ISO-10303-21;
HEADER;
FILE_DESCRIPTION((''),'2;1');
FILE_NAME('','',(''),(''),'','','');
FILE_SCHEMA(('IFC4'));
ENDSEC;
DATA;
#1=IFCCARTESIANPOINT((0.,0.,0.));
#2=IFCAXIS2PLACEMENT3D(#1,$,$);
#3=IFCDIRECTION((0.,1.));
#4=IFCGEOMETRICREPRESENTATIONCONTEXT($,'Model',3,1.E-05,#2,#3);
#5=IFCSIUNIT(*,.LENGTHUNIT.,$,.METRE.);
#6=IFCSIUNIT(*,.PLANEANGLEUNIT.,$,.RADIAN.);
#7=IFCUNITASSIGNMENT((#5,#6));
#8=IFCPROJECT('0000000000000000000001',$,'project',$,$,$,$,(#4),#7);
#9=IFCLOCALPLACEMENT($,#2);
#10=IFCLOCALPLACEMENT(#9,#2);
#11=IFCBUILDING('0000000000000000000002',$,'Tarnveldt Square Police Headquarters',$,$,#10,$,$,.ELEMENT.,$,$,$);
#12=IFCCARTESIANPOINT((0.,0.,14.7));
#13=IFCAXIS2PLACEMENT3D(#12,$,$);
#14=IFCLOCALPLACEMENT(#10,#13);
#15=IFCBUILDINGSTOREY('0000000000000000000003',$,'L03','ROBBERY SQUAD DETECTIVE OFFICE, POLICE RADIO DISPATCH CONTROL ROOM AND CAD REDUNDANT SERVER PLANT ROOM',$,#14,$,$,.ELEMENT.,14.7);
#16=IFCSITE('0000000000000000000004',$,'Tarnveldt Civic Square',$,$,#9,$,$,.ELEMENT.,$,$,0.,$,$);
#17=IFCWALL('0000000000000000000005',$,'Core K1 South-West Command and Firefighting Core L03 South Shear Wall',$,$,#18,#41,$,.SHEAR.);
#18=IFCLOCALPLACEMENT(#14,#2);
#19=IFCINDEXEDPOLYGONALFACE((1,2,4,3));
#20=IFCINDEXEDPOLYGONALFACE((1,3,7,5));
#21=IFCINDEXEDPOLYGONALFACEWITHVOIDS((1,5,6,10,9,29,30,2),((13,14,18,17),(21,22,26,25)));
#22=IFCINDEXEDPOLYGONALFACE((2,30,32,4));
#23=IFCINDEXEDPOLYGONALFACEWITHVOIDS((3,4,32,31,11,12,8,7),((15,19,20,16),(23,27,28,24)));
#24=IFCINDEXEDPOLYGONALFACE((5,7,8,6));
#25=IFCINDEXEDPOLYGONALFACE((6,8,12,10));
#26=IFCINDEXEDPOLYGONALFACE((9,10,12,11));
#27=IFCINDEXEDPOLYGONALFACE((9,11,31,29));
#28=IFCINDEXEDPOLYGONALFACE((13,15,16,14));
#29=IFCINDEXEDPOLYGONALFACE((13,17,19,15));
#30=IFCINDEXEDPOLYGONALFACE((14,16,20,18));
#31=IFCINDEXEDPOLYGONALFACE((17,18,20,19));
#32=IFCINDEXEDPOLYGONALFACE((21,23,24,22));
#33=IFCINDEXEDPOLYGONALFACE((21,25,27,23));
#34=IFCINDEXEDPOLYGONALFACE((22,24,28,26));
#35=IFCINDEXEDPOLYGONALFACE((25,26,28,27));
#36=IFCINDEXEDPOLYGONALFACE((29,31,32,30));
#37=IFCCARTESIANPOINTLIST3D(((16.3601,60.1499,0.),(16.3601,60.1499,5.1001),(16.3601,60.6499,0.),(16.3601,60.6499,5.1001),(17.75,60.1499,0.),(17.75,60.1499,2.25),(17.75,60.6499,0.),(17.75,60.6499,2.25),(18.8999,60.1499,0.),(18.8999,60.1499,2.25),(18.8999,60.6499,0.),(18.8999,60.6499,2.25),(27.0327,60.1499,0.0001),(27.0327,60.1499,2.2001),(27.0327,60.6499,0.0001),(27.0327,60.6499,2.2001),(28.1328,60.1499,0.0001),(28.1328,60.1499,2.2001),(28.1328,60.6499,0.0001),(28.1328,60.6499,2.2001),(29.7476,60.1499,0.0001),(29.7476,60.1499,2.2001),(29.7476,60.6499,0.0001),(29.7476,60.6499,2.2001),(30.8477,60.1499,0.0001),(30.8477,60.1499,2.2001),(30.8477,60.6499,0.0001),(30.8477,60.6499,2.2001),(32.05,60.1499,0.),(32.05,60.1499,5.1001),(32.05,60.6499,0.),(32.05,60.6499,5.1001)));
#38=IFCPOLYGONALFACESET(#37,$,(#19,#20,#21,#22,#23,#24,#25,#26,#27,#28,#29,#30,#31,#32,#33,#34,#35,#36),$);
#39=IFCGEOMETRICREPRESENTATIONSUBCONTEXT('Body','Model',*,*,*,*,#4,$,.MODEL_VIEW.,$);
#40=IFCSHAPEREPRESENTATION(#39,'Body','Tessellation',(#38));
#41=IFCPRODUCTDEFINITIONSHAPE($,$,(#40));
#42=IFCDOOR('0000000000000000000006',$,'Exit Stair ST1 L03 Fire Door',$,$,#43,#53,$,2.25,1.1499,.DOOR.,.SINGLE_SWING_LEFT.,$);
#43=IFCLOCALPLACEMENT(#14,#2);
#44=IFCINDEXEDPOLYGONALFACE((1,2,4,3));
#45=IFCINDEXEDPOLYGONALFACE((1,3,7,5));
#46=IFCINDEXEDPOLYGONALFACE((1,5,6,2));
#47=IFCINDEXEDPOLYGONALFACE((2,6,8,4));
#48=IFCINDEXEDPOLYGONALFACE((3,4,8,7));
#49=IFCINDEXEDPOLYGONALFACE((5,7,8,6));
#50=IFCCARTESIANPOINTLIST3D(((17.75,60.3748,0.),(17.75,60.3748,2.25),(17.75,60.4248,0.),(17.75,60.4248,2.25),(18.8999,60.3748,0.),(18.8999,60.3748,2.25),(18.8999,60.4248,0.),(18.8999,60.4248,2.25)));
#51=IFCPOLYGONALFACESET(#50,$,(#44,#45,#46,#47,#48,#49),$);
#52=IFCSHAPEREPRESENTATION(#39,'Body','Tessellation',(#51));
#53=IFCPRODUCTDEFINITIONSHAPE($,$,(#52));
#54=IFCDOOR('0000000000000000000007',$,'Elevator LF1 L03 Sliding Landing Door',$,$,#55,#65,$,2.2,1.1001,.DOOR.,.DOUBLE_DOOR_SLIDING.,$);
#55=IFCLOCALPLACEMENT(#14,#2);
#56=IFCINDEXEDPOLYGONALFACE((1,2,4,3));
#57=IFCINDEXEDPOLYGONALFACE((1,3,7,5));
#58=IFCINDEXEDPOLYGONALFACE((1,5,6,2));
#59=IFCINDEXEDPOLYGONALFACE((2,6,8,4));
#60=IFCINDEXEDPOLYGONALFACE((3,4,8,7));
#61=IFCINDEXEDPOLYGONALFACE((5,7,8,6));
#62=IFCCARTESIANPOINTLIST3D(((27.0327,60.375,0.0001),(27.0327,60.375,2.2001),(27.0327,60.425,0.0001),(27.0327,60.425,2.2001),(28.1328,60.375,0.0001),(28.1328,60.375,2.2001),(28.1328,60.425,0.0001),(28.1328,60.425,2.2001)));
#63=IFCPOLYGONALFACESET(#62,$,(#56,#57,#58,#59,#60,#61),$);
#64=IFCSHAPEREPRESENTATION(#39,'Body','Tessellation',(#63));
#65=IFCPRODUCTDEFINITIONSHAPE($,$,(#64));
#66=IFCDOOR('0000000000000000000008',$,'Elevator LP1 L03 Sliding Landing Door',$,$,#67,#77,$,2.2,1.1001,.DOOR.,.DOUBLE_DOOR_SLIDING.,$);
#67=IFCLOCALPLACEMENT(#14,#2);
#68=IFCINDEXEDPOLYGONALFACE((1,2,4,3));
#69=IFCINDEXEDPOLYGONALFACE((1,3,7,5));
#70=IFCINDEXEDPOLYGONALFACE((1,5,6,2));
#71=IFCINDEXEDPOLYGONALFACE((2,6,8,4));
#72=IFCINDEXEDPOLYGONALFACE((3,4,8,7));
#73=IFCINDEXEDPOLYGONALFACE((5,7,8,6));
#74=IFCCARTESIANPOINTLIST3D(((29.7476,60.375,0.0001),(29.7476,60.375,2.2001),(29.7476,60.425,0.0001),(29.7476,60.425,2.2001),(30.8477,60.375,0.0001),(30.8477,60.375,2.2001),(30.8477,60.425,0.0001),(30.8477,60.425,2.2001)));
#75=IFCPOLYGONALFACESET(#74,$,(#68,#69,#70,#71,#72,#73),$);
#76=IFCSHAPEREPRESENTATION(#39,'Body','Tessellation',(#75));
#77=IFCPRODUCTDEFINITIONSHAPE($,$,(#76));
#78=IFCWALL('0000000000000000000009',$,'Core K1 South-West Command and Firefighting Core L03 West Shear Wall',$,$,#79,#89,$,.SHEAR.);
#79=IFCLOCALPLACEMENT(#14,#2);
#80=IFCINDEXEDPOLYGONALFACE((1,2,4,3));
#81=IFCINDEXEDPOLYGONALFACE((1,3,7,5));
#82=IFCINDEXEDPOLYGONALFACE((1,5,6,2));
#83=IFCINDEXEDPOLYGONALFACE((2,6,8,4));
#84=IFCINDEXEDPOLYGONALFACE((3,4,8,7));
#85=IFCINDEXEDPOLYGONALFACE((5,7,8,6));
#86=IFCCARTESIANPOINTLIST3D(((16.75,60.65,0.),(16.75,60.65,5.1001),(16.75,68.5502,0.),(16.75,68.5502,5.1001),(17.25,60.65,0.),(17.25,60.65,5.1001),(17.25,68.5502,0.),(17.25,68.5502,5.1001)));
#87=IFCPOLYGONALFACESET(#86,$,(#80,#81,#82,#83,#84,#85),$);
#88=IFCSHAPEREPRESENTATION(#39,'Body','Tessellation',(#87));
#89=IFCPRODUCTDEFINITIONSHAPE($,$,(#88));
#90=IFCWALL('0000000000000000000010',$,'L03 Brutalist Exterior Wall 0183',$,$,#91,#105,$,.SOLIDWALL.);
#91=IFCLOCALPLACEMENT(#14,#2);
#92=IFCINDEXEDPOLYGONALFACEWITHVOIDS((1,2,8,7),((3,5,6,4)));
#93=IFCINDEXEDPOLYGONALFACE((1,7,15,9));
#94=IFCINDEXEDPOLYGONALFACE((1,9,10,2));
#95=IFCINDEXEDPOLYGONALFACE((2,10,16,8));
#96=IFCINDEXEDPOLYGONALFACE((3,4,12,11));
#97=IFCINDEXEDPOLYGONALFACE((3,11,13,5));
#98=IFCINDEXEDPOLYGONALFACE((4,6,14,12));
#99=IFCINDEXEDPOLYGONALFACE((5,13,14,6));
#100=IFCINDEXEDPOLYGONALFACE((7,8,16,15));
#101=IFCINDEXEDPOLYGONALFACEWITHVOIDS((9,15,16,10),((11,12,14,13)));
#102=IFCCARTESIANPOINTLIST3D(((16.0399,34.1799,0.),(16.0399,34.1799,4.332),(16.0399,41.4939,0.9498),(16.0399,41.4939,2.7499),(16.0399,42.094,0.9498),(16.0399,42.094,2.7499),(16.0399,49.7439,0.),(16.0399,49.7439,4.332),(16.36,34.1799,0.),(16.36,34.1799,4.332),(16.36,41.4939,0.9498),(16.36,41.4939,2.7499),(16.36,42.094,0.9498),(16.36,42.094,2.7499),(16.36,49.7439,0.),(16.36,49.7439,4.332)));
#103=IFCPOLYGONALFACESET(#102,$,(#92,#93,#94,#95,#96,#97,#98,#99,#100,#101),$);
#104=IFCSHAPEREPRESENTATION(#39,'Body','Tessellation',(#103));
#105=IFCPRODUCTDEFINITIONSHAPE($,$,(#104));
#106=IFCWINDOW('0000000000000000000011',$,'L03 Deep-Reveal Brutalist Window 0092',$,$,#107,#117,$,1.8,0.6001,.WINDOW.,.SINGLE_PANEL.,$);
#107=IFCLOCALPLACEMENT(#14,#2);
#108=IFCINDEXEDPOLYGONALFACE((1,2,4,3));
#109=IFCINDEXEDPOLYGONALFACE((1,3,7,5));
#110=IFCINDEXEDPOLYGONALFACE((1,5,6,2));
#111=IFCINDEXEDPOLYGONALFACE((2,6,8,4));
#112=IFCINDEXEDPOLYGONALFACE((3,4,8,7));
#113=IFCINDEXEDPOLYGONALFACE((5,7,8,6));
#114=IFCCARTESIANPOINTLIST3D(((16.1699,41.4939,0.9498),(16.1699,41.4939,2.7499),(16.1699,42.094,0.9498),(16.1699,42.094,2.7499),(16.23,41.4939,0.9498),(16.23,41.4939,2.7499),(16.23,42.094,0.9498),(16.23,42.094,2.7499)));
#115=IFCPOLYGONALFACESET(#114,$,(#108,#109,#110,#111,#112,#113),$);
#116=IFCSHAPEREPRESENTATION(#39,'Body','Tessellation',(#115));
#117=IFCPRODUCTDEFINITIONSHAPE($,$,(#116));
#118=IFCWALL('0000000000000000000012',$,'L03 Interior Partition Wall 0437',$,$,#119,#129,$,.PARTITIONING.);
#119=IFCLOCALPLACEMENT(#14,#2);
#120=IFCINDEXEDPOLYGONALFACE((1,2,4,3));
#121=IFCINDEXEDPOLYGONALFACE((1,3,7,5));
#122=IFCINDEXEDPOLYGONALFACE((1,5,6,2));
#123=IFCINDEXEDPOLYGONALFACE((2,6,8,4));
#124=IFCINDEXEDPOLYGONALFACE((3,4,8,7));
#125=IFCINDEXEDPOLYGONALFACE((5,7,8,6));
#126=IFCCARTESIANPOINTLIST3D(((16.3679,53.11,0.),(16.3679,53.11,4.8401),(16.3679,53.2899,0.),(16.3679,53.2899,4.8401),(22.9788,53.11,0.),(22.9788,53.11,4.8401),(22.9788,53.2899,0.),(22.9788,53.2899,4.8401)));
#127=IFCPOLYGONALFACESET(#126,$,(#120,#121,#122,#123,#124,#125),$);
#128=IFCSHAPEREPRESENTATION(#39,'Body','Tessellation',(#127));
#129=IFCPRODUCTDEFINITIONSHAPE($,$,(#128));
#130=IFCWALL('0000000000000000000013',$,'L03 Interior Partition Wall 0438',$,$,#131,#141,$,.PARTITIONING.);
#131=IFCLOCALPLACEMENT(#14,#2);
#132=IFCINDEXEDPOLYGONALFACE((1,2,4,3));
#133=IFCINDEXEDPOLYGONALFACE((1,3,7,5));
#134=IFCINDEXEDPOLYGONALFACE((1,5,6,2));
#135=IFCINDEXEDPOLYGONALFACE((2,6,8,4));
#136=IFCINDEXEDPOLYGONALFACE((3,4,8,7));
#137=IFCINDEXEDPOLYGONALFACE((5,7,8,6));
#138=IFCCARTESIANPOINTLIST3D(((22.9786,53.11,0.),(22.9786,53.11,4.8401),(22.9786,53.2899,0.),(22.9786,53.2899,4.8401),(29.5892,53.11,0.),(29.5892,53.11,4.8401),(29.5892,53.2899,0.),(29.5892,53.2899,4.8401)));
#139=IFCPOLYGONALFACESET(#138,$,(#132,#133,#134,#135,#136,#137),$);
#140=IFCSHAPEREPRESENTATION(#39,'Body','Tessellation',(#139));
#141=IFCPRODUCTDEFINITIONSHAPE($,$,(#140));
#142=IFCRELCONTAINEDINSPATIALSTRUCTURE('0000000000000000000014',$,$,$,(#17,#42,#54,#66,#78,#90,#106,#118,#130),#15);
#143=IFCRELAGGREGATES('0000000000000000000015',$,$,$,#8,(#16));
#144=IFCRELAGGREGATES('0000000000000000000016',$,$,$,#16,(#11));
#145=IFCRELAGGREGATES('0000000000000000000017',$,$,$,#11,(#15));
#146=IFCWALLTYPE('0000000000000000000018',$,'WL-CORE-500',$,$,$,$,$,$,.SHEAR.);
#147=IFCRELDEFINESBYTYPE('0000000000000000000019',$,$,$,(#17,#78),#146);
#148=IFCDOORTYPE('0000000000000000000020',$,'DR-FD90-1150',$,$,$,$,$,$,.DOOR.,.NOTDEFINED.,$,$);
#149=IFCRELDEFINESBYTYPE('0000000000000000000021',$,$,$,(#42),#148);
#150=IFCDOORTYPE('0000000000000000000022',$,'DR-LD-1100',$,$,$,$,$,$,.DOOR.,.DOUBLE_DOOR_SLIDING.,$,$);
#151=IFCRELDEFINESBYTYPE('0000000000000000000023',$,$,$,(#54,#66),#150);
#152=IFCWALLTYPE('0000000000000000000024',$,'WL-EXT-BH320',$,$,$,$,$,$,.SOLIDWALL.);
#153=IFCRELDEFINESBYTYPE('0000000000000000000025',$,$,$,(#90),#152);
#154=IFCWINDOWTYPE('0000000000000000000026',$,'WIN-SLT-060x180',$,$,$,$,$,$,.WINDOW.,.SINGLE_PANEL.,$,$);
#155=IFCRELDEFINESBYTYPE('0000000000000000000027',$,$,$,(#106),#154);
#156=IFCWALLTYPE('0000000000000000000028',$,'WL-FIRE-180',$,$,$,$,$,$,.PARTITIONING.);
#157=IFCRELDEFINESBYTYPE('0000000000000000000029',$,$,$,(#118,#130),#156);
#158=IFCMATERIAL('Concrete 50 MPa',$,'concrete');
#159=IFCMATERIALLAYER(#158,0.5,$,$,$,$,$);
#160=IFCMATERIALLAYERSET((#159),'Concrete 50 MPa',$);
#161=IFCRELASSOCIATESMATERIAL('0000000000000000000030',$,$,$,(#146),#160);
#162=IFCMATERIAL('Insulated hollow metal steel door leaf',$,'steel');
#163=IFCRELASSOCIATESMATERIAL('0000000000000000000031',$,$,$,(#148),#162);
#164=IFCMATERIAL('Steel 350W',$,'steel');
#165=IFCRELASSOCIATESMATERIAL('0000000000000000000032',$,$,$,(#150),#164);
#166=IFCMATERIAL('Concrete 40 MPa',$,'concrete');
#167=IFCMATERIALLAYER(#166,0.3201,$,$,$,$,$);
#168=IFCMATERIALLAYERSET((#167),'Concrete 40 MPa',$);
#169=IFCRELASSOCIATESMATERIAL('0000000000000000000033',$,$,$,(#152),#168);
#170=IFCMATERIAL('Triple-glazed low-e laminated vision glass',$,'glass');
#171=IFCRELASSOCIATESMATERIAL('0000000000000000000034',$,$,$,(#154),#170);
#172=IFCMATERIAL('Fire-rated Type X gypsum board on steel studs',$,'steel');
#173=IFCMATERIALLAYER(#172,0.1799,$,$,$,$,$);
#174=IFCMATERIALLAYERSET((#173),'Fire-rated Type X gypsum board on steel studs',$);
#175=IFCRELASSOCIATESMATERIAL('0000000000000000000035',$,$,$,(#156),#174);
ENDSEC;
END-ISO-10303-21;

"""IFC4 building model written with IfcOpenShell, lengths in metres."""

from ifc_helpers import new_model, si_unit, direction, frame, frame_2d, origin, place, context, subcontext, project, spatial, rectangle, extrude, material, layer, layer_set, type_object, element, fill, save


model = new_model("IFC4")

# Units and contexts
model_context = context("Model", 3, precision=1e-05, world=origin(), true_north=direction((0.0, 1.0)))
body_context = subcontext(model_context, "Body", "Model", "MODEL_VIEW")
ifc_project = project(units=[si_unit("LENGTHUNIT", "METRE"), si_unit("PLANEANGLEUNIT", "RADIAN")], contexts=[model_context])

# Site, building, storey
site_placement = place(None, origin())
site = spatial("IfcSite", under=ifc_project, at=site_placement, Name="Tarnveldt Civic Square", CompositionType="ELEMENT", RefElevation=0.0)
building_placement = place(site_placement, origin())
building = spatial("IfcBuilding", under=site, at=building_placement, Name="Tarnveldt Square Police Headquarters", CompositionType="ELEMENT")
storey_placement = place(building_placement, frame((0.0, 0.0, 14.7)))
storey = spatial("IfcBuildingStorey", under=building, at=storey_placement, Name="L03", Description="ROBBERY SQUAD DETECTIVE OFFICE, POLICE RADIO DISPATCH CONTROL ROOM AND CAD REDUNDANT SERVER PLANT ROOM", CompositionType="ELEMENT", Elevation=14.7)

# Shared definitions
ifc_material_1 = material(Name="Concrete 40 MPa", Category="concrete")

# Shared definitions
ifc_material_2 = material(Name="Steel 350W", Category="steel")

# Wall, openings, doors
ifc_material_3 = material(Name="Concrete 50 MPa", Category="concrete")
ifc_layer_1 = layer(ifc_material_3, 0.5)
ifc_layer_set_1 = layer_set([ifc_layer_1], Name="Concrete 50 MPa")
wall_type_1 = type_object("IfcWallType", Name="WL-CORE-500", PredefinedType="SHEAR", material=ifc_layer_set_1)
wall_1_placement = place(storey_placement, frame((16.3601, 60.3999, 0.0), z_axis=(0.0, 0.0, 1.0), x_axis=(1.0, 0.0, 0.0)))
wall_1 = element("IfcWall", 1, at=wall_1_placement, inside=storey, type_object=wall_type_1, Name="Core K1 South-West Command and Firefighting Core L03 South Shear Wall", PredefinedType="SHEAR", context=body_context, shape_type="SweptSolid", body=[
    extrude(rectangle(XDim=15.6899, YDim=0.5, at=frame_2d((7.845, 0.0))), origin(), (0.0, 0.0, 1.0), 5.1001),
])
opening_1_placement = place(wall_1_placement, frame((1.3899, 0.0, 0.0)))
opening_1 = element("IfcOpeningElement", 2, at=opening_1_placement, cuts=wall_1, PredefinedType="OPENING", context=body_context, shape_type="SweptSolid", body=[
    extrude(rectangle(XDim=1.1499, YDim=2.25, at=frame_2d((0.575, 1.125))), frame((0.0, 0.26, 0.0), z_axis=(0.0, -1.0, 0.0), x_axis=(1.0, 0.0, 0.0)), (0.0, 0.0, 1.0), 0.52),
])
opening_2_placement = place(wall_1_placement, frame((10.6726, 0.0, 0.0)))
opening_2 = element("IfcOpeningElement", 3, at=opening_2_placement, cuts=wall_1, PredefinedType="OPENING", context=body_context, shape_type="SweptSolid", body=[
    extrude(rectangle(XDim=1.1001, YDim=2.2, at=frame_2d((0.55, 1.1001))), frame((0.0, 0.26, 0.0), z_axis=(0.0, -1.0, 0.0), x_axis=(1.0, 0.0, 0.0)), (0.0, 0.0, 1.0), 0.52),
])
opening_3_placement = place(wall_1_placement, frame((13.3875, 0.0, 0.0)))
opening_3 = element("IfcOpeningElement", 4, at=opening_3_placement, cuts=wall_1, PredefinedType="OPENING", context=body_context, shape_type="SweptSolid", body=[
    extrude(rectangle(XDim=1.1001, YDim=2.2, at=frame_2d((0.55, 1.1001))), frame((0.0, 0.26, 0.0), z_axis=(0.0, -1.0, 0.0), x_axis=(1.0, 0.0, 0.0)), (0.0, 0.0, 1.0), 0.52),
])
ifc_material_4 = material(Name="Insulated hollow metal steel door leaf", Category="steel")
door_type_1 = type_object("IfcDoorType", Name="DR-FD90-1150", OperationType="NOTDEFINED", PredefinedType="DOOR", material=ifc_material_4)
door_1_placement = place(opening_1_placement, origin())
door_1 = element("IfcDoor", 5, at=door_1_placement, inside=storey, type_object=door_type_1, Name="Exit Stair ST1 L03 Fire Door", OperationType="SINGLE_SWING_LEFT", OverallHeight=2.25, OverallWidth=1.1499, PredefinedType="DOOR", context=body_context, shape_type="SweptSolid", body=[
    extrude(rectangle(XDim=1.1499, YDim=2.25, at=frame_2d((0.575, 1.125))), frame((0.0, 0.0249, 0.0), z_axis=(0.0, -1.0, 0.0), x_axis=(1.0, 0.0, 0.0)), (0.0, 0.0, 1.0), 0.05),
])
fill(opening_1, door_1)
door_type_2 = type_object("IfcDoorType", Name="DR-LD-1100", OperationType="DOUBLE_DOOR_SLIDING", PredefinedType="DOOR", material=ifc_material_2)
door_2_placement = place(opening_2_placement, frame((1.1001, 0.0, 0.0), z_axis=(0.0, 0.0, 1.0), x_axis=(-1.0, 0.0, 0.0)))
door_2 = element("IfcDoor", 6, at=door_2_placement, inside=storey, type_object=door_type_2, Name="Elevator LF1 L03 Sliding Landing Door", OperationType="DOUBLE_DOOR_SLIDING", OverallHeight=2.2, OverallWidth=1.1001, PredefinedType="DOOR", context=body_context, shape_type="SweptSolid", body=[
    extrude(rectangle(XDim=1.1001, YDim=2.2, at=frame_2d((0.55, 1.1001))), frame((0.0, 0.0249, 0.0), z_axis=(0.0, -1.0, 0.0), x_axis=(1.0, 0.0, 0.0)), (0.0, 0.0, 1.0), 0.05),
])
fill(opening_2, door_2)
door_3_placement = place(opening_3_placement, frame((1.1001, 0.0, 0.0), z_axis=(0.0, 0.0, 1.0), x_axis=(-1.0, 0.0, 0.0)))
door_3 = element("IfcDoor", 7, at=door_3_placement, inside=storey, type_object=door_type_2, Name="Elevator LP1 L03 Sliding Landing Door", OperationType="DOUBLE_DOOR_SLIDING", OverallHeight=2.2, OverallWidth=1.1001, PredefinedType="DOOR", context=body_context, shape_type="SweptSolid", body=[
    extrude(rectangle(XDim=1.1001, YDim=2.2, at=frame_2d((0.55, 1.1001))), frame((0.0, 0.0249, 0.0), z_axis=(0.0, -1.0, 0.0), x_axis=(1.0, 0.0, 0.0)), (0.0, 0.0, 1.0), 0.05),
])
fill(opening_3, door_3)

# Wall
wall_2_placement = place(storey_placement, frame((17.0, 60.6499, 0.0), z_axis=(0.0, 0.0, 1.0), x_axis=(0.0, 1.0, 0.0)))
element("IfcWall", 8, at=wall_2_placement, inside=storey, type_object=wall_type_1, Name="Core K1 South-West Command and Firefighting Core L03 West Shear Wall", PredefinedType="SHEAR", context=body_context, shape_type="SweptSolid", body=[
    extrude(rectangle(XDim=7.9001, YDim=0.5, at=frame_2d((3.9502, 0.0))), origin(), (0.0, 0.0, 1.0), 5.1001),
])

# Wall, opening, window
ifc_layer_2 = layer(ifc_material_1, 0.3201)
ifc_layer_set_2 = layer_set([ifc_layer_2], Name="Concrete 40 MPa")
wall_type_2 = type_object("IfcWallType", Name="WL-EXT-BH320", PredefinedType="SOLIDWALL", material=ifc_layer_set_2)
wall_3_placement = place(storey_placement, frame((16.2, 49.7439, 0.0), z_axis=(0.0, 0.0, 1.0), x_axis=(0.0, -1.0, 0.0)))
wall_3 = element("IfcWall", 9, at=wall_3_placement, inside=storey, type_object=wall_type_2, Name="L03 Brutalist Exterior Wall 0183", PredefinedType="SOLIDWALL", context=body_context, shape_type="SweptSolid", body=[
    extrude(rectangle(XDim=15.564, YDim=0.3201, at=frame_2d((7.782, 0.0))), origin(), (0.0, 0.0, 1.0), 4.332),
])
opening_4_placement = place(wall_3_placement, frame((7.6499, 0.0, 0.95)))
opening_4 = element("IfcOpeningElement", 10, at=opening_4_placement, cuts=wall_3, PredefinedType="OPENING", context=body_context, shape_type="SweptSolid", body=[
    extrude(rectangle(XDim=0.6001, YDim=1.8, at=frame_2d((0.3, 0.8999))), frame((0.0, 0.1699, 0.0), z_axis=(0.0, -1.0, 0.0), x_axis=(1.0, 0.0, 0.0)), (0.0, 0.0, 1.0), 0.3401),
])
ifc_material_5 = material(Name="Triple-glazed low-e laminated vision glass", Category="glass")
window_type = type_object("IfcWindowType", Name="WIN-SLT-060x180", PartitioningType="SINGLE_PANEL", PredefinedType="WINDOW", material=ifc_material_5)
window_placement = place(opening_4_placement, origin())
window = element("IfcWindow", 11, at=window_placement, inside=storey, type_object=window_type, Name="L03 Deep-Reveal Brutalist Window 0092", OverallHeight=1.8, OverallWidth=0.6001, PartitioningType="SINGLE_PANEL", PredefinedType="WINDOW", context=body_context, shape_type="SweptSolid", body=[
    extrude(rectangle(XDim=0.6001, YDim=1.8, at=frame_2d((0.3, 0.8999))), frame((0.0, 0.03, 0.0), z_axis=(0.0, -1.0, 0.0), x_axis=(1.0, 0.0, 0.0)), (0.0, 0.0, 1.0), 0.0601),
])
fill(opening_4, window)

# Walls
ifc_material_6 = material(Name="Fire-rated Type X gypsum board on steel studs", Category="steel")
ifc_layer_3 = layer(ifc_material_6, 0.1799)
ifc_layer_set_3 = layer_set([ifc_layer_3], Name="Fire-rated Type X gypsum board on steel studs")
wall_type_3 = type_object("IfcWallType", Name="WL-FIRE-180", PredefinedType="PARTITIONING", material=ifc_layer_set_3)
wall_4_placement = place(storey_placement, frame((16.3679, 53.2, 0.0), z_axis=(0.0, 0.0, 1.0), x_axis=(1.0, 0.0, 0.0)))
element("IfcWall", 12, at=wall_4_placement, inside=storey, type_object=wall_type_3, Name="L03 Interior Partition Wall 0437", PredefinedType="PARTITIONING", context=body_context, shape_type="SweptSolid", body=[
    extrude(rectangle(XDim=6.6108, YDim=0.1799, at=frame_2d((3.3054, 0.0))), origin(), (0.0, 0.0, 1.0), 4.8401),
])
wall_5_placement = place(storey_placement, frame((22.9788, 53.2, 0.0), z_axis=(0.0, 0.0, 1.0), x_axis=(1.0, 0.0, 0.0)))
element("IfcWall", 13, at=wall_5_placement, inside=storey, type_object=wall_type_3, Name="L03 Interior Partition Wall 0438", PredefinedType="PARTITIONING", context=body_context, shape_type="SweptSolid", body=[
    extrude(rectangle(XDim=6.6106, YDim=0.1799, at=frame_2d((3.3052, 0.0))), origin(), (0.0, 0.0, 1.0), 4.8401),
])

save(model, "model.ifc")
